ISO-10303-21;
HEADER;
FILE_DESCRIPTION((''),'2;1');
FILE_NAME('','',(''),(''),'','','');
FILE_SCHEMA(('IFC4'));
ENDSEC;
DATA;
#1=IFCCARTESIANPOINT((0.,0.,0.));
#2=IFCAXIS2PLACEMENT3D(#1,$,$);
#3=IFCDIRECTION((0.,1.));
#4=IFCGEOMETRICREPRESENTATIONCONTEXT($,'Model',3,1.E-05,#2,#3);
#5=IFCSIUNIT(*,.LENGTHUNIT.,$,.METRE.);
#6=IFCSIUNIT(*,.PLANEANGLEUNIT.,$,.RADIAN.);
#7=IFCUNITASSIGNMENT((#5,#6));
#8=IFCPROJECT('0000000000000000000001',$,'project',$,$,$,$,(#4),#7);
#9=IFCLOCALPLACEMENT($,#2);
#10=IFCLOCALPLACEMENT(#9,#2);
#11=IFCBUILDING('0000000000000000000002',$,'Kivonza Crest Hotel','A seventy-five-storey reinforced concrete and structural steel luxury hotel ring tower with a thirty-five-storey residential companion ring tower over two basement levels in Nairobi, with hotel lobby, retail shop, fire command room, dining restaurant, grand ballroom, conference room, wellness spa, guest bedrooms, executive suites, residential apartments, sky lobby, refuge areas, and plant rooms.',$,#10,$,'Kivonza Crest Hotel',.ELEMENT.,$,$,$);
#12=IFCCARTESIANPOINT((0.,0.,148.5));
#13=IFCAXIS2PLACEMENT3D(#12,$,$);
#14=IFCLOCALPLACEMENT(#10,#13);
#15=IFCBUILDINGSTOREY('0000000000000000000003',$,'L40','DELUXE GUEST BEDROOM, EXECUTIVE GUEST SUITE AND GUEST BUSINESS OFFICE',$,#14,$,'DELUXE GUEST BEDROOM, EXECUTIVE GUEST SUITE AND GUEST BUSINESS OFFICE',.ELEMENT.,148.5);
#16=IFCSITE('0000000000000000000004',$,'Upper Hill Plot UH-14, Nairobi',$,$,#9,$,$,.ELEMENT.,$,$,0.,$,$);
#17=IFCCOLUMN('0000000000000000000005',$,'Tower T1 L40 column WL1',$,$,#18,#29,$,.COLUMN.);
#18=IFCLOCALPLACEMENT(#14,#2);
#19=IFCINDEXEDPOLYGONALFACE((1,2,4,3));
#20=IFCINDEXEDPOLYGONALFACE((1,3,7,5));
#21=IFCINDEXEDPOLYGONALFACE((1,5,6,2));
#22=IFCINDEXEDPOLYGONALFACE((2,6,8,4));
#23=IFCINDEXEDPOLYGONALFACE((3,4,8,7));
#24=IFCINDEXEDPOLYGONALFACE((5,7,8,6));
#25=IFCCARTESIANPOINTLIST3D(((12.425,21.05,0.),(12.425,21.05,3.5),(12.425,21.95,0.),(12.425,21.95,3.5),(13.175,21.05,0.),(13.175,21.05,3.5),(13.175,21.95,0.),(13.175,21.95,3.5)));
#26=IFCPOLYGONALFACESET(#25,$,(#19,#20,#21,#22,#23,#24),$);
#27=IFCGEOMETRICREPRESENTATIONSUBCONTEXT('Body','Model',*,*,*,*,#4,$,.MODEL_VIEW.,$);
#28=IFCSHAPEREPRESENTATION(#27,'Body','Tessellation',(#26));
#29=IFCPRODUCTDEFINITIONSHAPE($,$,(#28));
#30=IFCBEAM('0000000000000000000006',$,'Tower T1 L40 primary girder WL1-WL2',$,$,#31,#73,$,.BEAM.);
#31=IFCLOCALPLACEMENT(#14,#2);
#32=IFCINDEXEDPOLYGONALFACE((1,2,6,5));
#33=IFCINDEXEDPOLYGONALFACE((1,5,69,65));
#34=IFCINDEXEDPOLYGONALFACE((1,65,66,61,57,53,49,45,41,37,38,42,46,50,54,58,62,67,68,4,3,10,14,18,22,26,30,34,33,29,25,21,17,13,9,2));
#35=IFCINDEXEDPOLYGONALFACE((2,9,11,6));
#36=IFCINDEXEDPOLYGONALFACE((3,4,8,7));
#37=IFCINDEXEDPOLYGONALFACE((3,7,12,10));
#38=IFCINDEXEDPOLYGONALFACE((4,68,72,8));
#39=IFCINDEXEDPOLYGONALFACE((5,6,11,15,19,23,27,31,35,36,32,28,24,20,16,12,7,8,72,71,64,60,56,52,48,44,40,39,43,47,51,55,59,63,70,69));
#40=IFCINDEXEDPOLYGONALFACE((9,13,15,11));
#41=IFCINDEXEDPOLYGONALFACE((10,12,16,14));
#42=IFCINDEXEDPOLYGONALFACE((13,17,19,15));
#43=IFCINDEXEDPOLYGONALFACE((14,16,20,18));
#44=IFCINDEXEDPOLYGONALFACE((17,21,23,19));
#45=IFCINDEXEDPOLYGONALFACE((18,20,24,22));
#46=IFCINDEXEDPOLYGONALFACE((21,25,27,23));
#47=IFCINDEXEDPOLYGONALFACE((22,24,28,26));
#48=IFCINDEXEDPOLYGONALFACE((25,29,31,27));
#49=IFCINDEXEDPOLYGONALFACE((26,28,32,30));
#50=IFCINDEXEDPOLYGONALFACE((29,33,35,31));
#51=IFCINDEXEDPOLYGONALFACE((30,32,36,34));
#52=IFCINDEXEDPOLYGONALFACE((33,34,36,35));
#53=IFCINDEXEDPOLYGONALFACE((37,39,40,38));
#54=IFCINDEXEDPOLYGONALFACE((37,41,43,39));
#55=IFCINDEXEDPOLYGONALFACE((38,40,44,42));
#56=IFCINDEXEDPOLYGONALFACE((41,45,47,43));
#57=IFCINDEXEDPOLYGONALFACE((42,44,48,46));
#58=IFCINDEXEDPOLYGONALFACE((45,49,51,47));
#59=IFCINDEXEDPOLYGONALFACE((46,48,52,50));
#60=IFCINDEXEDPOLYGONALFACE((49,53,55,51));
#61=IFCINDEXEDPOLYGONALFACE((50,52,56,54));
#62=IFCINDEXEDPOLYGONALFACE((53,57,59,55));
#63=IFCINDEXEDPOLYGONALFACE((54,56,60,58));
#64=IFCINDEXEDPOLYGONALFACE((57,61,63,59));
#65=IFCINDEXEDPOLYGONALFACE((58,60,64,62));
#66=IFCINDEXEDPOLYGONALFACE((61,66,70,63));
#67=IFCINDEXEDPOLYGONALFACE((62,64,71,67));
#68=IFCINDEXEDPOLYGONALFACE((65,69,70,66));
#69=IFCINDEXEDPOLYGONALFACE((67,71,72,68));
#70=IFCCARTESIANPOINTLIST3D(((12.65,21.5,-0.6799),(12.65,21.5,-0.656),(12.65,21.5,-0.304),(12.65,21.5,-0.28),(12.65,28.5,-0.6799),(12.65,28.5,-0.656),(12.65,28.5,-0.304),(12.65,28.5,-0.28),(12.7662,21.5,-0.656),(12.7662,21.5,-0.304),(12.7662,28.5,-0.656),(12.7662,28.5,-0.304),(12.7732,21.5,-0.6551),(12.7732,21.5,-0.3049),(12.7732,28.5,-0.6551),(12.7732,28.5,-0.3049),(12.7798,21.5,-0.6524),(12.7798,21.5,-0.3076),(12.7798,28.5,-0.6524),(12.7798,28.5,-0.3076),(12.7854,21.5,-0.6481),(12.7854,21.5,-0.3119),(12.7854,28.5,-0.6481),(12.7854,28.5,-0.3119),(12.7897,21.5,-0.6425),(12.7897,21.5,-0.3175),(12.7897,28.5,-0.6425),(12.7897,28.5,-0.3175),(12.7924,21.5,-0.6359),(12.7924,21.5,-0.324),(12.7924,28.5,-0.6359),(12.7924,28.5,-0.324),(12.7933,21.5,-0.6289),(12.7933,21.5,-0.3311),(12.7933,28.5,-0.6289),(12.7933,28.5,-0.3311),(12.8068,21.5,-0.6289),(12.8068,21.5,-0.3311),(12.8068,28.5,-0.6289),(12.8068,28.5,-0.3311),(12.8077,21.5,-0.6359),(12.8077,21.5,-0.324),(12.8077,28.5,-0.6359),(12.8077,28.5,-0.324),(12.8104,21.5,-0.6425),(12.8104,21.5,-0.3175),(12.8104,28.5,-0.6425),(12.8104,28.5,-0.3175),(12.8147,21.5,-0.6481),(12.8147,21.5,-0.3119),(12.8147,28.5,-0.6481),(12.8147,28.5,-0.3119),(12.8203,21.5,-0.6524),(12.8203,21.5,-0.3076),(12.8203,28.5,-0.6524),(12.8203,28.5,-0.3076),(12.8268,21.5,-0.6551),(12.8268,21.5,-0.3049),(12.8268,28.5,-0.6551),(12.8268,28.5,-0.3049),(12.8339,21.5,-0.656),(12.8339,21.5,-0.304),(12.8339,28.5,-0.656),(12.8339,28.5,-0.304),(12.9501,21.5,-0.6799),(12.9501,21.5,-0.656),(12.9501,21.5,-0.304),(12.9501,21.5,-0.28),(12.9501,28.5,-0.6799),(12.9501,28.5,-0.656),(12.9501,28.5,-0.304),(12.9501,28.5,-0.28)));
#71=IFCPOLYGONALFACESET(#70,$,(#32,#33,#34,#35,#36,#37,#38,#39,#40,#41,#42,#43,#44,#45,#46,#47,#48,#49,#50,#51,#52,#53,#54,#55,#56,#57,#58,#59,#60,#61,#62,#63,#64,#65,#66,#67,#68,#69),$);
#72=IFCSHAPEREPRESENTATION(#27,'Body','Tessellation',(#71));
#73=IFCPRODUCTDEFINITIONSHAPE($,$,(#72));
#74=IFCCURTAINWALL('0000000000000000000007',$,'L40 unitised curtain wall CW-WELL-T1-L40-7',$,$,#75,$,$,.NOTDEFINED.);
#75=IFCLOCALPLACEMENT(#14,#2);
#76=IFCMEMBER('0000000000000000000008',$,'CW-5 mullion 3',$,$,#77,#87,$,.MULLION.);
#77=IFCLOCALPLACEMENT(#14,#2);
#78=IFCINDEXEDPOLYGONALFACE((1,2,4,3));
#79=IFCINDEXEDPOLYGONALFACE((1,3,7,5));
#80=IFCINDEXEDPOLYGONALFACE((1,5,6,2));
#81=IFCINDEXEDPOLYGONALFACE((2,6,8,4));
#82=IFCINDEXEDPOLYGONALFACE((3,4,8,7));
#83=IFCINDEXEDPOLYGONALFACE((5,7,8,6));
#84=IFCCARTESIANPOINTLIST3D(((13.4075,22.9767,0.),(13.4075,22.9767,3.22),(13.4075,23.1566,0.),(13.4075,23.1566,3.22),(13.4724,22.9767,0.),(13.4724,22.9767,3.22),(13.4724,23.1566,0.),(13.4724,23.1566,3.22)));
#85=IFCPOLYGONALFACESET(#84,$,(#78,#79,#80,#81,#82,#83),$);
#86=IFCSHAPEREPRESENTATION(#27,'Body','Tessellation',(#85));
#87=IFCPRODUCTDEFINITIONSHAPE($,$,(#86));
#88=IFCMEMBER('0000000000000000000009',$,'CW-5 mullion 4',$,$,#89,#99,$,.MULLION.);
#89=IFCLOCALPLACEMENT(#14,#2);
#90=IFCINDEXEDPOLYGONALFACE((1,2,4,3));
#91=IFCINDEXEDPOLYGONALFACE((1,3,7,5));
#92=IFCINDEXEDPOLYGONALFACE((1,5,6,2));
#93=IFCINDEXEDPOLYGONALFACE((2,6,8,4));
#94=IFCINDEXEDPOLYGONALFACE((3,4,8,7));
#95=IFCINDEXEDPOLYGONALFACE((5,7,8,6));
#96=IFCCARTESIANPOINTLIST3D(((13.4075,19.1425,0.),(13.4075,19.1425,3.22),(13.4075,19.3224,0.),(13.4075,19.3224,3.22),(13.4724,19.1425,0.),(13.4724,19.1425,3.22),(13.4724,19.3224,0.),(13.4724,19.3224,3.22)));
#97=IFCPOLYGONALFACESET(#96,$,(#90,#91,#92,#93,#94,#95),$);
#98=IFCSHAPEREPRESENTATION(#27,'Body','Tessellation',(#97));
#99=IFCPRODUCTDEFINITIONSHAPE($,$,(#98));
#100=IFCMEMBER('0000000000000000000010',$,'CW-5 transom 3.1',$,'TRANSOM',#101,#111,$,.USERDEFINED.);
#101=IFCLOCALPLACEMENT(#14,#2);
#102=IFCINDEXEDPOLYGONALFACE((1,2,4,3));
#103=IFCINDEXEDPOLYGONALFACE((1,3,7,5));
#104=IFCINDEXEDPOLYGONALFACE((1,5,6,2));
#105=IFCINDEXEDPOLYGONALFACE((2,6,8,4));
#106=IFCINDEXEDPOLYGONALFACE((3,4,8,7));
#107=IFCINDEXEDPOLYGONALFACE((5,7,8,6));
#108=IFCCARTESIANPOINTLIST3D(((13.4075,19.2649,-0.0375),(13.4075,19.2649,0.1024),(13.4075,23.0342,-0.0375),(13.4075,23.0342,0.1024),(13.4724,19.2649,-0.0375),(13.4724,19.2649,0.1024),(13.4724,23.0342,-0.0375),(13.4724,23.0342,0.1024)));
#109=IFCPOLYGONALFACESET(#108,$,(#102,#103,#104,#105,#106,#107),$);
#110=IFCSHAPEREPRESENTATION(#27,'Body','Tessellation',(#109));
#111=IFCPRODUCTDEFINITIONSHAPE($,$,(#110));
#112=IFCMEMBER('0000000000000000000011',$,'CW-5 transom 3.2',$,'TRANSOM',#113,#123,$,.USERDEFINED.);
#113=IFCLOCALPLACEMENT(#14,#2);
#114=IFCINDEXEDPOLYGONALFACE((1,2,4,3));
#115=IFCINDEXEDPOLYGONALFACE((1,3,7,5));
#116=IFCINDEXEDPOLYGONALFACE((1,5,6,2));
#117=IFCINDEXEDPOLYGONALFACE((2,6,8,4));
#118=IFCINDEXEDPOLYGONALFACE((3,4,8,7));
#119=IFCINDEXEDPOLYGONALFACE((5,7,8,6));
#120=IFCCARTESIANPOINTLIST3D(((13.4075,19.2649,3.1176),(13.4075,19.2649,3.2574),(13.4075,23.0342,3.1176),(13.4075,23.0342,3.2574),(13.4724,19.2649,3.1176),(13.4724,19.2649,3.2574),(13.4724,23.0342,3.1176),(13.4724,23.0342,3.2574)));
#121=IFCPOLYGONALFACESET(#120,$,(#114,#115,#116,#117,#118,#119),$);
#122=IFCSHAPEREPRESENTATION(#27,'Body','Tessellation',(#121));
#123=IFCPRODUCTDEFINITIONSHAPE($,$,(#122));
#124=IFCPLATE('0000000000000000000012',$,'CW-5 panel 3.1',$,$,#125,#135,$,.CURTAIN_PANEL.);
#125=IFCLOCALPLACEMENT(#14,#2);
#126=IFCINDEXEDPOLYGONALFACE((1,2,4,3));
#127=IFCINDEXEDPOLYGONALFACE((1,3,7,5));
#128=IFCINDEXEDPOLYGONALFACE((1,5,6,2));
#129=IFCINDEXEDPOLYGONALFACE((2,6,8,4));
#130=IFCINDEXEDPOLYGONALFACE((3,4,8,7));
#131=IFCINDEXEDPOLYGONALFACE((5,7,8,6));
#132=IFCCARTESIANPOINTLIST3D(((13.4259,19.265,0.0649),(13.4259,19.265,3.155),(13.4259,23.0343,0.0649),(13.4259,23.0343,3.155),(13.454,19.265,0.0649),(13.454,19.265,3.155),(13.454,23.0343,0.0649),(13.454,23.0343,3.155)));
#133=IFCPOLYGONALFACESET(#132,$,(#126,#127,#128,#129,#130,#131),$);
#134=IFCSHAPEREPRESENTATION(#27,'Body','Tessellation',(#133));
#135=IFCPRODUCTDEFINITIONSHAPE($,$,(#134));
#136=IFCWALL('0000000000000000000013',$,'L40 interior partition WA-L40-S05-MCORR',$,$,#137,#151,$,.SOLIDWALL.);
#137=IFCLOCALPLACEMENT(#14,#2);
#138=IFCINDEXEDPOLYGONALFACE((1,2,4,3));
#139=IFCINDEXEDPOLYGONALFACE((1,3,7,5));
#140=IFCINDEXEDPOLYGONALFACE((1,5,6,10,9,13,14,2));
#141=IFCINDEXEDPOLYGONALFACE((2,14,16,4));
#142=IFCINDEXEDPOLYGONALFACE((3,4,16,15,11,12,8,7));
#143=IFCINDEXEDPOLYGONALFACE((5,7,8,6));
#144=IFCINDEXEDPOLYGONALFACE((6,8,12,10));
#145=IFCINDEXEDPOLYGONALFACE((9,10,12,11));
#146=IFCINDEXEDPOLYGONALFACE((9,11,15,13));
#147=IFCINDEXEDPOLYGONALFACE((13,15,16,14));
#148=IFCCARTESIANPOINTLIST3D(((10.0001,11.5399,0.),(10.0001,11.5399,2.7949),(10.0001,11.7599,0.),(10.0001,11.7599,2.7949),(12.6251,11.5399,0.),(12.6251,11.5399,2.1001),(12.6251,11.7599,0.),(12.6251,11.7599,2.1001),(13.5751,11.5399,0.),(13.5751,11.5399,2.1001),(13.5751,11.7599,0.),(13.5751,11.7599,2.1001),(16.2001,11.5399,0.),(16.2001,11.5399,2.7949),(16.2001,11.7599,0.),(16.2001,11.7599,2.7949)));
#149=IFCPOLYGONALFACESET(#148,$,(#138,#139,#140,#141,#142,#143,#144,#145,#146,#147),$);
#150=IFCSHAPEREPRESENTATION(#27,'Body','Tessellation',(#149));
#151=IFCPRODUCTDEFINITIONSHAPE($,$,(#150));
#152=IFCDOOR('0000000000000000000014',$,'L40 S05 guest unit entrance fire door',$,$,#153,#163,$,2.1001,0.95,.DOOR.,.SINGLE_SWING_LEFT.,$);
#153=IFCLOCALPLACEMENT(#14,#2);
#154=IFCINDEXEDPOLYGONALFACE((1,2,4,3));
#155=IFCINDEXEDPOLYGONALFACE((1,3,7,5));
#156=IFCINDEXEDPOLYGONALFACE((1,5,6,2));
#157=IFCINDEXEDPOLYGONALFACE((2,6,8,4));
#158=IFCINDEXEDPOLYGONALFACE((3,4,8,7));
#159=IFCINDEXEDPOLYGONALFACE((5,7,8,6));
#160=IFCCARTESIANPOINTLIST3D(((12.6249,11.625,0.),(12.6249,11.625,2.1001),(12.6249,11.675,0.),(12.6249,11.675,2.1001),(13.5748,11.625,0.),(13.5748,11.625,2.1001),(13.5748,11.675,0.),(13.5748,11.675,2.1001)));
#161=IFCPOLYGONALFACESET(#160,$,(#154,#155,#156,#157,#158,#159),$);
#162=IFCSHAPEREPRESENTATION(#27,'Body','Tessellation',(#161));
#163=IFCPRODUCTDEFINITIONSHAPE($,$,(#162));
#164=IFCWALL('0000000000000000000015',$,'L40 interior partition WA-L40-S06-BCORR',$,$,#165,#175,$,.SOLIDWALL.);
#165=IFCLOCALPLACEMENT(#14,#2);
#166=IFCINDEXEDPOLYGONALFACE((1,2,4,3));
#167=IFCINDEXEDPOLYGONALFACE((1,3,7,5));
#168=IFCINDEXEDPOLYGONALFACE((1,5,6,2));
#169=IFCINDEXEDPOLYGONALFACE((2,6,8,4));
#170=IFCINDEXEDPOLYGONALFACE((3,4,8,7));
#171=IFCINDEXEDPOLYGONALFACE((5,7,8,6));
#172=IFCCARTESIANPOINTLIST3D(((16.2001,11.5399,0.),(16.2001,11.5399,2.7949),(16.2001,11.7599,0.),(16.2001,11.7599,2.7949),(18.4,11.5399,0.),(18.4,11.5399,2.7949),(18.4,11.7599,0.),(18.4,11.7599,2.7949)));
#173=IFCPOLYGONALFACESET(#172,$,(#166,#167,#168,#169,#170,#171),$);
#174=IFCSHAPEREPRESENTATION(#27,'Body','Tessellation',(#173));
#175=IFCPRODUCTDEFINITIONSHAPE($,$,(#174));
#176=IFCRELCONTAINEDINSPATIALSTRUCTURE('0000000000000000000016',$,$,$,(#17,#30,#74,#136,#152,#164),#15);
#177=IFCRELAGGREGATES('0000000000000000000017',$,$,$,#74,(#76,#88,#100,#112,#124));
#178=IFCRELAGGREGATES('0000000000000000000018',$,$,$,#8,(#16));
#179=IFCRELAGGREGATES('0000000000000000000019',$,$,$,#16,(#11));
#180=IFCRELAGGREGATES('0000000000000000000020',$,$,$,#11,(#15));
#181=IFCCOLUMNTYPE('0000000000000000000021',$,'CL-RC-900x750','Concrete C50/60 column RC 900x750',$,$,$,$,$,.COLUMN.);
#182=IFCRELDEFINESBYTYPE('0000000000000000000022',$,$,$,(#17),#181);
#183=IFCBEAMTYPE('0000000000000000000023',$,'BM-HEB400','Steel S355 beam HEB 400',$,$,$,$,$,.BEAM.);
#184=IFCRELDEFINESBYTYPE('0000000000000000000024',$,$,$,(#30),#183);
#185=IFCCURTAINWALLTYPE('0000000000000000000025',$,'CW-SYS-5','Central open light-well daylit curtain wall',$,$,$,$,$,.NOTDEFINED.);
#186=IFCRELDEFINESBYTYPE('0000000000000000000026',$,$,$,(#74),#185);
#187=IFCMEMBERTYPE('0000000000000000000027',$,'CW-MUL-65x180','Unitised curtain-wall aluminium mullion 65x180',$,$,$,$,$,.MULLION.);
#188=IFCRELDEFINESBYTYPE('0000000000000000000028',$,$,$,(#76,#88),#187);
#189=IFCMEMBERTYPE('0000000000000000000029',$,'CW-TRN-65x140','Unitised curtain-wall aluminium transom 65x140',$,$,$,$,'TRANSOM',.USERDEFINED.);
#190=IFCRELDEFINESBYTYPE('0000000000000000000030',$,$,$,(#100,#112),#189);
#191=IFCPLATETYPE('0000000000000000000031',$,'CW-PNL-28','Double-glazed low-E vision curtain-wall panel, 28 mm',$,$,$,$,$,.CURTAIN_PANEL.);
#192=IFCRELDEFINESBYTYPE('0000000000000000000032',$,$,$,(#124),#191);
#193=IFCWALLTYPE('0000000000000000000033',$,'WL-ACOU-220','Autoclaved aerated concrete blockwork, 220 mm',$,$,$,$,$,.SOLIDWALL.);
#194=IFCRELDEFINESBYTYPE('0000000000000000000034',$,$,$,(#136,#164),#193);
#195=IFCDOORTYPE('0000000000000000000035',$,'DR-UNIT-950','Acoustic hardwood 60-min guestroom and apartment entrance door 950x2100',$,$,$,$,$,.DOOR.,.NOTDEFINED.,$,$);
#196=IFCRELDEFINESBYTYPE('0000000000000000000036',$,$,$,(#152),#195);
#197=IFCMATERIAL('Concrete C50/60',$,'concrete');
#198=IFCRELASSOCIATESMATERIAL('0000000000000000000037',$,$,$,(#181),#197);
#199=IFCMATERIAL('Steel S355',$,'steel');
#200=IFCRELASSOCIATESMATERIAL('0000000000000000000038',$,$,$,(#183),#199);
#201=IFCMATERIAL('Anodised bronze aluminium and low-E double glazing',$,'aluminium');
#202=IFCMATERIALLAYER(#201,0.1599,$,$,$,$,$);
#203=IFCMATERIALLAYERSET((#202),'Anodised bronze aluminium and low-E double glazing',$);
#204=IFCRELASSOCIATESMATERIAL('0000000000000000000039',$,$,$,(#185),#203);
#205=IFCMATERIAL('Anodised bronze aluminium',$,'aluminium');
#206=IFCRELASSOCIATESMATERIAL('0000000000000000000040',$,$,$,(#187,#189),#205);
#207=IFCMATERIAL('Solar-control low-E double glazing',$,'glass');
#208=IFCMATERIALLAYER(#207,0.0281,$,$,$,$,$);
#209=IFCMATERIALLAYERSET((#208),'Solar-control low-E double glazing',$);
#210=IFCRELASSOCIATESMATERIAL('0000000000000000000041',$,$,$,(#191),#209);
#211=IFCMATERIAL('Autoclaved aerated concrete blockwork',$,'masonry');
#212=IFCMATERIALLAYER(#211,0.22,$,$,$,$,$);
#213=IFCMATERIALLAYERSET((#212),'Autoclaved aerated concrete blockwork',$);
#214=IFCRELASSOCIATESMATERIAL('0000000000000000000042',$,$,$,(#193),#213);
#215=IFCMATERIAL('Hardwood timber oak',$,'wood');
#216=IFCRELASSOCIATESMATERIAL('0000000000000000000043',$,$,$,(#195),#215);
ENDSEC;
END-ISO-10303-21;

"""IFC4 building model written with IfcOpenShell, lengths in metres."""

from ifc_helpers import new_model, si_unit, direction, frame, frame_2d, origin, origin_2d, place, context, subcontext, project, spatial, rectangle, i_section, extrude, material, layer, layer_set, material_profile, profile_set, type_object, element, fill, aggregate, save


model = new_model("IFC4")

# Units and contexts
model_context = context("Model", 3, precision=1e-05, world=origin(), true_north=direction((0.0, 1.0)))
body_context = subcontext(model_context, "Body", "Model", "MODEL_VIEW")
ifc_project = project(units=[si_unit("LENGTHUNIT", "METRE"), si_unit("PLANEANGLEUNIT", "RADIAN")], contexts=[model_context])

# Site, building, storey
site_placement = place(None, origin())
site = spatial("IfcSite", under=ifc_project, at=site_placement, Name="Upper Hill Plot UH-14, Nairobi", CompositionType="ELEMENT", RefElevation=0.0)
building_placement = place(site_placement, origin())
building = spatial("IfcBuilding", under=site, at=building_placement, Name="Kivonza Crest Hotel", Description="A seventy-five-storey reinforced concrete and structural steel luxury hotel ring tower with a thirty-five-storey residential companion ring tower over two basement levels in Nairobi, with hotel lobby, retail shop, fire command room, dining restaurant, grand ballroom, conference room, wellness spa, guest bedrooms, executive suites, residential apartments, sky lobby, refuge areas, and plant rooms.", LongName="Kivonza Crest Hotel", CompositionType="ELEMENT")
storey_placement = place(building_placement, frame((0.0, 0.0, 148.5)))
storey = spatial("IfcBuildingStorey", under=building, at=storey_placement, Name="L40", Description="DELUXE GUEST BEDROOM, EXECUTIVE GUEST SUITE AND GUEST BUSINESS OFFICE", LongName="DELUXE GUEST BEDROOM, EXECUTIVE GUEST SUITE AND GUEST BUSINESS OFFICE", CompositionType="ELEMENT", Elevation=148.5)

# Column
ifc_material_1 = material(Name="Concrete C50/60", Category="concrete")
ifc_material_profile_1 = material_profile(ifc_material_1, rectangle(XDim=0.75, YDim=0.8999, at=origin_2d()), Name="RC 900x750")
ifc_profile_set_1 = profile_set([ifc_material_profile_1], Name="Concrete C50/60")
column_type = type_object("IfcColumnType", Name="CL-RC-900x750", Description="Concrete C50/60 column RC 900x750", PredefinedType="COLUMN", material=ifc_profile_set_1)
column_placement = place(storey_placement, frame((12.8, 21.5, 0.0), z_axis=(0.0, 0.0, 1.0), x_axis=(1.0, 0.0, 0.0)))
element("IfcColumn", 1, at=column_placement, inside=storey, type_object=column_type, Name="Tower T1 L40 column WL1", PredefinedType="COLUMN", context=body_context, shape_type="SweptSolid", body=[
    extrude(rectangle(XDim=0.75, YDim=0.8999, at=origin_2d()), origin(), (0.0, 0.0, 1.0), 3.5),
])

# Beam
ifc_material_2 = material(Name="Steel S355", Category="steel")
ifc_material_profile_2 = material_profile(ifc_material_2, i_section(OverallWidth=0.3, OverallDepth=0.3999, WebThickness=0.0134, FlangeThickness=0.0239, FilletRadius=0.0271, at=origin_2d()), Name="HEB 400")
ifc_profile_set_2 = profile_set([ifc_material_profile_2], Name="Steel S355")
beam_type = type_object("IfcBeamType", Name="BM-HEB400", Description="Steel S355 beam HEB 400", PredefinedType="BEAM", material=ifc_profile_set_2)
beam_placement = place(storey_placement, frame((12.8, 21.5, -0.48), z_axis=(0.0, 1.0, 0.0), x_axis=(-1.0, 0.0, 0.0)))
element("IfcBeam", 2, at=beam_placement, inside=storey, type_object=beam_type, Name="Tower T1 L40 primary girder WL1-WL2", PredefinedType="BEAM", context=body_context, shape_type="SweptSolid", body=[
    extrude(i_section(OverallWidth=0.3, OverallDepth=0.3999, WebThickness=0.0134, FlangeThickness=0.0239, FilletRadius=0.0271, at=origin_2d()), origin(), (0.0, 0.0, 1.0), 7.0),
])

# Curtain wall, members, plate
ifc_material_3 = material(Name="Anodised bronze aluminium and low-E double glazing", Category="aluminium")
ifc_layer_1 = layer(ifc_material_3, 0.1599)
ifc_layer_set_1 = layer_set([ifc_layer_1], Name="Anodised bronze aluminium and low-E double glazing")
curtain_wall_type = type_object("IfcCurtainWallType", Name="CW-SYS-5", Description="Central open light-well daylit curtain wall", PredefinedType="NOTDEFINED", material=ifc_layer_set_1)
curtain_wall_placement = place(storey_placement, origin())
curtain_wall = element("IfcCurtainWall", 3, at=curtain_wall_placement, inside=storey, type_object=curtain_wall_type, Name="L40 unitised curtain wall CW-WELL-T1-L40-7", PredefinedType="NOTDEFINED")
ifc_material_4 = material(Name="Anodised bronze aluminium", Category="aluminium")
ifc_material_profile_3 = material_profile(ifc_material_4, rectangle(XDim=0.0649, YDim=0.1799, at=origin_2d()), Name="CW-M 65x180")
ifc_profile_set_3 = profile_set([ifc_material_profile_3], Name="Anodised bronze aluminium")
member_type_1 = type_object("IfcMemberType", Name="CW-MUL-65x180", Description="Unitised curtain-wall aluminium mullion 65x180", PredefinedType="MULLION", material=ifc_profile_set_3)
member_1_placement = place(storey_placement, frame((13.4399, 23.0667, 0.0), z_axis=(0.0, 0.0, 1.0), x_axis=(1.0, 0.0, 0.0)))
member_1 = element("IfcMember", 4, at=member_1_placement, type_object=member_type_1, Name="CW-5 mullion 3", PredefinedType="MULLION", context=body_context, shape_type="SweptSolid", body=[
    extrude(rectangle(XDim=0.0649, YDim=0.1799, at=origin_2d()), origin(), (0.0, 0.0, 1.0), 3.22),
])
member_2_placement = place(storey_placement, frame((13.4399, 19.2324, 0.0), z_axis=(0.0, 0.0, 1.0), x_axis=(1.0, 0.0, 0.0)))
member_2 = element("IfcMember", 5, at=member_2_placement, type_object=member_type_1, Name="CW-5 mullion 4", PredefinedType="MULLION", context=body_context, shape_type="SweptSolid", body=[
    extrude(rectangle(XDim=0.0649, YDim=0.1799, at=origin_2d()), origin(), (0.0, 0.0, 1.0), 3.22),
])
ifc_material_profile_4 = material_profile(ifc_material_4, rectangle(XDim=0.0649, YDim=0.1399, at=origin_2d()), Name="CW-T 65x140")
ifc_profile_set_4 = profile_set([ifc_material_profile_4], Name="Anodised bronze aluminium")
member_type_2 = type_object("IfcMemberType", Name="CW-TRN-65x140", Description="Unitised curtain-wall aluminium transom 65x140", ElementType="TRANSOM", PredefinedType="USERDEFINED", material=ifc_profile_set_4)
member_3_placement = place(storey_placement, frame((13.4399, 23.0342, 0.0325), z_axis=(0.0, -1.0, 0.0), x_axis=(1.0, 0.0, 0.0)))
member_3 = element("IfcMember", 6, at=member_3_placement, type_object=member_type_2, Name="CW-5 transom 3.1", ObjectType="TRANSOM", PredefinedType="USERDEFINED", context=body_context, shape_type="SweptSolid", body=[
    extrude(rectangle(XDim=0.0649, YDim=0.1399, at=origin_2d()), origin(), (0.0, 0.0, 1.0), 3.7693),
])
member_4_placement = place(storey_placement, frame((13.4399, 23.0342, 3.1875), z_axis=(0.0, -1.0, 0.0), x_axis=(1.0, 0.0, 0.0)))
member_4 = element("IfcMember", 7, at=member_4_placement, type_object=member_type_2, Name="CW-5 transom 3.2", ObjectType="TRANSOM", PredefinedType="USERDEFINED", context=body_context, shape_type="SweptSolid", body=[
    extrude(rectangle(XDim=0.0649, YDim=0.1399, at=origin_2d()), origin(), (0.0, 0.0, 1.0), 3.7693),
])
ifc_material_5 = material(Name="Solar-control low-E double glazing", Category="glass")
ifc_layer_2 = layer(ifc_material_5, 0.0281)
ifc_layer_set_2 = layer_set([ifc_layer_2], Name="Solar-control low-E double glazing")
plate_type = type_object("IfcPlateType", Name="CW-PNL-28", Description="Double-glazed low-E vision curtain-wall panel, 28 mm", PredefinedType="CURTAIN_PANEL", material=ifc_layer_set_2)
plate_placement = place(storey_placement, frame((13.4399, 21.1497, 0.0649), z_axis=(0.0, 0.0, 1.0), x_axis=(0.0, -1.0, 0.0)))
plate = element("IfcPlate", 8, at=plate_placement, type_object=plate_type, Name="CW-5 panel 3.1", PredefinedType="CURTAIN_PANEL", context=body_context, shape_type="SweptSolid", body=[
    extrude(rectangle(XDim=3.7693, YDim=0.0281, at=origin_2d()), origin(), (0.0, 0.0, 1.0), 3.0901),
])
aggregate(curtain_wall, [member_1, member_2, member_3, member_4, plate])

# Wall, opening, door
ifc_material_6 = material(Name="Autoclaved aerated concrete blockwork", Category="masonry")
ifc_layer_3 = layer(ifc_material_6, 0.22)
ifc_layer_set_3 = layer_set([ifc_layer_3], Name="Autoclaved aerated concrete blockwork")
wall_type_1 = type_object("IfcWallType", Name="WL-ACOU-220", Description="Autoclaved aerated concrete blockwork, 220 mm", PredefinedType="SOLIDWALL", material=ifc_layer_set_3)
wall_1_placement = place(storey_placement, frame((10.0, 11.6499, 0.0), z_axis=(0.0, 0.0, 1.0), x_axis=(1.0, 0.0, 0.0)))
wall_1 = element("IfcWall", 9, at=wall_1_placement, inside=storey, type_object=wall_type_1, Name="L40 interior partition WA-L40-S05-MCORR", PredefinedType="SOLIDWALL", context=body_context, shape_type="SweptSolid", body=[
    extrude(rectangle(XDim=6.2, YDim=0.22, at=frame_2d((3.1001, 0.0))), origin(), (0.0, 0.0, 1.0), 2.7949),
])
opening_1_placement = place(wall_1_placement, frame((2.625, 0.0, 0.0)))
opening_1 = element("IfcOpeningElement", 10, at=opening_1_placement, cuts=wall_1, PredefinedType="OPENING", context=body_context, shape_type="SweptSolid", body=[
    extrude(rectangle(XDim=0.95, YDim=2.1001, at=frame_2d((0.4751, 1.05))), frame((0.0, 0.1201, 0.0), z_axis=(0.0, -1.0, 0.0), x_axis=(1.0, 0.0, 0.0)), (0.0, 0.0, 1.0), 0.24),
])
ifc_material_7 = material(Name="Hardwood timber oak", Category="wood")
door_type_1 = type_object("IfcDoorType", Name="DR-UNIT-950", Description="Acoustic hardwood 60-min guestroom and apartment entrance door 950x2100", OperationType="NOTDEFINED", PredefinedType="DOOR", material=ifc_material_7)
door_1_placement = place(opening_1_placement, frame((0.95, 0.0, 0.0), z_axis=(0.0, 0.0, 1.0), x_axis=(-1.0, 0.0, 0.0)))
door_1 = element("IfcDoor", 11, at=door_1_placement, inside=storey, type_object=door_type_1, Name="L40 S05 guest unit entrance fire door", OperationType="SINGLE_SWING_LEFT", OverallHeight=2.1001, OverallWidth=0.95, PredefinedType="DOOR", context=body_context, shape_type="SweptSolid", body=[
    extrude(rectangle(XDim=0.95, YDim=2.1001, at=frame_2d((0.4751, 1.05))), frame((0.0, 0.0249, 0.0), z_axis=(0.0, -1.0, 0.0), x_axis=(1.0, 0.0, 0.0)), (0.0, 0.0, 1.0), 0.05),
])
fill(opening_1, door_1)

# Wall
wall_2_placement = place(storey_placement, frame((16.2, 11.6499, 0.0), z_axis=(0.0, 0.0, 1.0), x_axis=(1.0, 0.0, 0.0)))
element("IfcWall", 12, at=wall_2_placement, inside=storey, type_object=wall_type_1, Name="L40 interior partition WA-L40-S06-BCORR", PredefinedType="SOLIDWALL", context=body_context, shape_type="SweptSolid", body=[
    extrude(rectangle(XDim=2.2, YDim=0.22, at=frame_2d((1.1001, 0.0))), origin(), (0.0, 0.0, 1.0), 2.7949),
])

save(model, "model.ifc")
